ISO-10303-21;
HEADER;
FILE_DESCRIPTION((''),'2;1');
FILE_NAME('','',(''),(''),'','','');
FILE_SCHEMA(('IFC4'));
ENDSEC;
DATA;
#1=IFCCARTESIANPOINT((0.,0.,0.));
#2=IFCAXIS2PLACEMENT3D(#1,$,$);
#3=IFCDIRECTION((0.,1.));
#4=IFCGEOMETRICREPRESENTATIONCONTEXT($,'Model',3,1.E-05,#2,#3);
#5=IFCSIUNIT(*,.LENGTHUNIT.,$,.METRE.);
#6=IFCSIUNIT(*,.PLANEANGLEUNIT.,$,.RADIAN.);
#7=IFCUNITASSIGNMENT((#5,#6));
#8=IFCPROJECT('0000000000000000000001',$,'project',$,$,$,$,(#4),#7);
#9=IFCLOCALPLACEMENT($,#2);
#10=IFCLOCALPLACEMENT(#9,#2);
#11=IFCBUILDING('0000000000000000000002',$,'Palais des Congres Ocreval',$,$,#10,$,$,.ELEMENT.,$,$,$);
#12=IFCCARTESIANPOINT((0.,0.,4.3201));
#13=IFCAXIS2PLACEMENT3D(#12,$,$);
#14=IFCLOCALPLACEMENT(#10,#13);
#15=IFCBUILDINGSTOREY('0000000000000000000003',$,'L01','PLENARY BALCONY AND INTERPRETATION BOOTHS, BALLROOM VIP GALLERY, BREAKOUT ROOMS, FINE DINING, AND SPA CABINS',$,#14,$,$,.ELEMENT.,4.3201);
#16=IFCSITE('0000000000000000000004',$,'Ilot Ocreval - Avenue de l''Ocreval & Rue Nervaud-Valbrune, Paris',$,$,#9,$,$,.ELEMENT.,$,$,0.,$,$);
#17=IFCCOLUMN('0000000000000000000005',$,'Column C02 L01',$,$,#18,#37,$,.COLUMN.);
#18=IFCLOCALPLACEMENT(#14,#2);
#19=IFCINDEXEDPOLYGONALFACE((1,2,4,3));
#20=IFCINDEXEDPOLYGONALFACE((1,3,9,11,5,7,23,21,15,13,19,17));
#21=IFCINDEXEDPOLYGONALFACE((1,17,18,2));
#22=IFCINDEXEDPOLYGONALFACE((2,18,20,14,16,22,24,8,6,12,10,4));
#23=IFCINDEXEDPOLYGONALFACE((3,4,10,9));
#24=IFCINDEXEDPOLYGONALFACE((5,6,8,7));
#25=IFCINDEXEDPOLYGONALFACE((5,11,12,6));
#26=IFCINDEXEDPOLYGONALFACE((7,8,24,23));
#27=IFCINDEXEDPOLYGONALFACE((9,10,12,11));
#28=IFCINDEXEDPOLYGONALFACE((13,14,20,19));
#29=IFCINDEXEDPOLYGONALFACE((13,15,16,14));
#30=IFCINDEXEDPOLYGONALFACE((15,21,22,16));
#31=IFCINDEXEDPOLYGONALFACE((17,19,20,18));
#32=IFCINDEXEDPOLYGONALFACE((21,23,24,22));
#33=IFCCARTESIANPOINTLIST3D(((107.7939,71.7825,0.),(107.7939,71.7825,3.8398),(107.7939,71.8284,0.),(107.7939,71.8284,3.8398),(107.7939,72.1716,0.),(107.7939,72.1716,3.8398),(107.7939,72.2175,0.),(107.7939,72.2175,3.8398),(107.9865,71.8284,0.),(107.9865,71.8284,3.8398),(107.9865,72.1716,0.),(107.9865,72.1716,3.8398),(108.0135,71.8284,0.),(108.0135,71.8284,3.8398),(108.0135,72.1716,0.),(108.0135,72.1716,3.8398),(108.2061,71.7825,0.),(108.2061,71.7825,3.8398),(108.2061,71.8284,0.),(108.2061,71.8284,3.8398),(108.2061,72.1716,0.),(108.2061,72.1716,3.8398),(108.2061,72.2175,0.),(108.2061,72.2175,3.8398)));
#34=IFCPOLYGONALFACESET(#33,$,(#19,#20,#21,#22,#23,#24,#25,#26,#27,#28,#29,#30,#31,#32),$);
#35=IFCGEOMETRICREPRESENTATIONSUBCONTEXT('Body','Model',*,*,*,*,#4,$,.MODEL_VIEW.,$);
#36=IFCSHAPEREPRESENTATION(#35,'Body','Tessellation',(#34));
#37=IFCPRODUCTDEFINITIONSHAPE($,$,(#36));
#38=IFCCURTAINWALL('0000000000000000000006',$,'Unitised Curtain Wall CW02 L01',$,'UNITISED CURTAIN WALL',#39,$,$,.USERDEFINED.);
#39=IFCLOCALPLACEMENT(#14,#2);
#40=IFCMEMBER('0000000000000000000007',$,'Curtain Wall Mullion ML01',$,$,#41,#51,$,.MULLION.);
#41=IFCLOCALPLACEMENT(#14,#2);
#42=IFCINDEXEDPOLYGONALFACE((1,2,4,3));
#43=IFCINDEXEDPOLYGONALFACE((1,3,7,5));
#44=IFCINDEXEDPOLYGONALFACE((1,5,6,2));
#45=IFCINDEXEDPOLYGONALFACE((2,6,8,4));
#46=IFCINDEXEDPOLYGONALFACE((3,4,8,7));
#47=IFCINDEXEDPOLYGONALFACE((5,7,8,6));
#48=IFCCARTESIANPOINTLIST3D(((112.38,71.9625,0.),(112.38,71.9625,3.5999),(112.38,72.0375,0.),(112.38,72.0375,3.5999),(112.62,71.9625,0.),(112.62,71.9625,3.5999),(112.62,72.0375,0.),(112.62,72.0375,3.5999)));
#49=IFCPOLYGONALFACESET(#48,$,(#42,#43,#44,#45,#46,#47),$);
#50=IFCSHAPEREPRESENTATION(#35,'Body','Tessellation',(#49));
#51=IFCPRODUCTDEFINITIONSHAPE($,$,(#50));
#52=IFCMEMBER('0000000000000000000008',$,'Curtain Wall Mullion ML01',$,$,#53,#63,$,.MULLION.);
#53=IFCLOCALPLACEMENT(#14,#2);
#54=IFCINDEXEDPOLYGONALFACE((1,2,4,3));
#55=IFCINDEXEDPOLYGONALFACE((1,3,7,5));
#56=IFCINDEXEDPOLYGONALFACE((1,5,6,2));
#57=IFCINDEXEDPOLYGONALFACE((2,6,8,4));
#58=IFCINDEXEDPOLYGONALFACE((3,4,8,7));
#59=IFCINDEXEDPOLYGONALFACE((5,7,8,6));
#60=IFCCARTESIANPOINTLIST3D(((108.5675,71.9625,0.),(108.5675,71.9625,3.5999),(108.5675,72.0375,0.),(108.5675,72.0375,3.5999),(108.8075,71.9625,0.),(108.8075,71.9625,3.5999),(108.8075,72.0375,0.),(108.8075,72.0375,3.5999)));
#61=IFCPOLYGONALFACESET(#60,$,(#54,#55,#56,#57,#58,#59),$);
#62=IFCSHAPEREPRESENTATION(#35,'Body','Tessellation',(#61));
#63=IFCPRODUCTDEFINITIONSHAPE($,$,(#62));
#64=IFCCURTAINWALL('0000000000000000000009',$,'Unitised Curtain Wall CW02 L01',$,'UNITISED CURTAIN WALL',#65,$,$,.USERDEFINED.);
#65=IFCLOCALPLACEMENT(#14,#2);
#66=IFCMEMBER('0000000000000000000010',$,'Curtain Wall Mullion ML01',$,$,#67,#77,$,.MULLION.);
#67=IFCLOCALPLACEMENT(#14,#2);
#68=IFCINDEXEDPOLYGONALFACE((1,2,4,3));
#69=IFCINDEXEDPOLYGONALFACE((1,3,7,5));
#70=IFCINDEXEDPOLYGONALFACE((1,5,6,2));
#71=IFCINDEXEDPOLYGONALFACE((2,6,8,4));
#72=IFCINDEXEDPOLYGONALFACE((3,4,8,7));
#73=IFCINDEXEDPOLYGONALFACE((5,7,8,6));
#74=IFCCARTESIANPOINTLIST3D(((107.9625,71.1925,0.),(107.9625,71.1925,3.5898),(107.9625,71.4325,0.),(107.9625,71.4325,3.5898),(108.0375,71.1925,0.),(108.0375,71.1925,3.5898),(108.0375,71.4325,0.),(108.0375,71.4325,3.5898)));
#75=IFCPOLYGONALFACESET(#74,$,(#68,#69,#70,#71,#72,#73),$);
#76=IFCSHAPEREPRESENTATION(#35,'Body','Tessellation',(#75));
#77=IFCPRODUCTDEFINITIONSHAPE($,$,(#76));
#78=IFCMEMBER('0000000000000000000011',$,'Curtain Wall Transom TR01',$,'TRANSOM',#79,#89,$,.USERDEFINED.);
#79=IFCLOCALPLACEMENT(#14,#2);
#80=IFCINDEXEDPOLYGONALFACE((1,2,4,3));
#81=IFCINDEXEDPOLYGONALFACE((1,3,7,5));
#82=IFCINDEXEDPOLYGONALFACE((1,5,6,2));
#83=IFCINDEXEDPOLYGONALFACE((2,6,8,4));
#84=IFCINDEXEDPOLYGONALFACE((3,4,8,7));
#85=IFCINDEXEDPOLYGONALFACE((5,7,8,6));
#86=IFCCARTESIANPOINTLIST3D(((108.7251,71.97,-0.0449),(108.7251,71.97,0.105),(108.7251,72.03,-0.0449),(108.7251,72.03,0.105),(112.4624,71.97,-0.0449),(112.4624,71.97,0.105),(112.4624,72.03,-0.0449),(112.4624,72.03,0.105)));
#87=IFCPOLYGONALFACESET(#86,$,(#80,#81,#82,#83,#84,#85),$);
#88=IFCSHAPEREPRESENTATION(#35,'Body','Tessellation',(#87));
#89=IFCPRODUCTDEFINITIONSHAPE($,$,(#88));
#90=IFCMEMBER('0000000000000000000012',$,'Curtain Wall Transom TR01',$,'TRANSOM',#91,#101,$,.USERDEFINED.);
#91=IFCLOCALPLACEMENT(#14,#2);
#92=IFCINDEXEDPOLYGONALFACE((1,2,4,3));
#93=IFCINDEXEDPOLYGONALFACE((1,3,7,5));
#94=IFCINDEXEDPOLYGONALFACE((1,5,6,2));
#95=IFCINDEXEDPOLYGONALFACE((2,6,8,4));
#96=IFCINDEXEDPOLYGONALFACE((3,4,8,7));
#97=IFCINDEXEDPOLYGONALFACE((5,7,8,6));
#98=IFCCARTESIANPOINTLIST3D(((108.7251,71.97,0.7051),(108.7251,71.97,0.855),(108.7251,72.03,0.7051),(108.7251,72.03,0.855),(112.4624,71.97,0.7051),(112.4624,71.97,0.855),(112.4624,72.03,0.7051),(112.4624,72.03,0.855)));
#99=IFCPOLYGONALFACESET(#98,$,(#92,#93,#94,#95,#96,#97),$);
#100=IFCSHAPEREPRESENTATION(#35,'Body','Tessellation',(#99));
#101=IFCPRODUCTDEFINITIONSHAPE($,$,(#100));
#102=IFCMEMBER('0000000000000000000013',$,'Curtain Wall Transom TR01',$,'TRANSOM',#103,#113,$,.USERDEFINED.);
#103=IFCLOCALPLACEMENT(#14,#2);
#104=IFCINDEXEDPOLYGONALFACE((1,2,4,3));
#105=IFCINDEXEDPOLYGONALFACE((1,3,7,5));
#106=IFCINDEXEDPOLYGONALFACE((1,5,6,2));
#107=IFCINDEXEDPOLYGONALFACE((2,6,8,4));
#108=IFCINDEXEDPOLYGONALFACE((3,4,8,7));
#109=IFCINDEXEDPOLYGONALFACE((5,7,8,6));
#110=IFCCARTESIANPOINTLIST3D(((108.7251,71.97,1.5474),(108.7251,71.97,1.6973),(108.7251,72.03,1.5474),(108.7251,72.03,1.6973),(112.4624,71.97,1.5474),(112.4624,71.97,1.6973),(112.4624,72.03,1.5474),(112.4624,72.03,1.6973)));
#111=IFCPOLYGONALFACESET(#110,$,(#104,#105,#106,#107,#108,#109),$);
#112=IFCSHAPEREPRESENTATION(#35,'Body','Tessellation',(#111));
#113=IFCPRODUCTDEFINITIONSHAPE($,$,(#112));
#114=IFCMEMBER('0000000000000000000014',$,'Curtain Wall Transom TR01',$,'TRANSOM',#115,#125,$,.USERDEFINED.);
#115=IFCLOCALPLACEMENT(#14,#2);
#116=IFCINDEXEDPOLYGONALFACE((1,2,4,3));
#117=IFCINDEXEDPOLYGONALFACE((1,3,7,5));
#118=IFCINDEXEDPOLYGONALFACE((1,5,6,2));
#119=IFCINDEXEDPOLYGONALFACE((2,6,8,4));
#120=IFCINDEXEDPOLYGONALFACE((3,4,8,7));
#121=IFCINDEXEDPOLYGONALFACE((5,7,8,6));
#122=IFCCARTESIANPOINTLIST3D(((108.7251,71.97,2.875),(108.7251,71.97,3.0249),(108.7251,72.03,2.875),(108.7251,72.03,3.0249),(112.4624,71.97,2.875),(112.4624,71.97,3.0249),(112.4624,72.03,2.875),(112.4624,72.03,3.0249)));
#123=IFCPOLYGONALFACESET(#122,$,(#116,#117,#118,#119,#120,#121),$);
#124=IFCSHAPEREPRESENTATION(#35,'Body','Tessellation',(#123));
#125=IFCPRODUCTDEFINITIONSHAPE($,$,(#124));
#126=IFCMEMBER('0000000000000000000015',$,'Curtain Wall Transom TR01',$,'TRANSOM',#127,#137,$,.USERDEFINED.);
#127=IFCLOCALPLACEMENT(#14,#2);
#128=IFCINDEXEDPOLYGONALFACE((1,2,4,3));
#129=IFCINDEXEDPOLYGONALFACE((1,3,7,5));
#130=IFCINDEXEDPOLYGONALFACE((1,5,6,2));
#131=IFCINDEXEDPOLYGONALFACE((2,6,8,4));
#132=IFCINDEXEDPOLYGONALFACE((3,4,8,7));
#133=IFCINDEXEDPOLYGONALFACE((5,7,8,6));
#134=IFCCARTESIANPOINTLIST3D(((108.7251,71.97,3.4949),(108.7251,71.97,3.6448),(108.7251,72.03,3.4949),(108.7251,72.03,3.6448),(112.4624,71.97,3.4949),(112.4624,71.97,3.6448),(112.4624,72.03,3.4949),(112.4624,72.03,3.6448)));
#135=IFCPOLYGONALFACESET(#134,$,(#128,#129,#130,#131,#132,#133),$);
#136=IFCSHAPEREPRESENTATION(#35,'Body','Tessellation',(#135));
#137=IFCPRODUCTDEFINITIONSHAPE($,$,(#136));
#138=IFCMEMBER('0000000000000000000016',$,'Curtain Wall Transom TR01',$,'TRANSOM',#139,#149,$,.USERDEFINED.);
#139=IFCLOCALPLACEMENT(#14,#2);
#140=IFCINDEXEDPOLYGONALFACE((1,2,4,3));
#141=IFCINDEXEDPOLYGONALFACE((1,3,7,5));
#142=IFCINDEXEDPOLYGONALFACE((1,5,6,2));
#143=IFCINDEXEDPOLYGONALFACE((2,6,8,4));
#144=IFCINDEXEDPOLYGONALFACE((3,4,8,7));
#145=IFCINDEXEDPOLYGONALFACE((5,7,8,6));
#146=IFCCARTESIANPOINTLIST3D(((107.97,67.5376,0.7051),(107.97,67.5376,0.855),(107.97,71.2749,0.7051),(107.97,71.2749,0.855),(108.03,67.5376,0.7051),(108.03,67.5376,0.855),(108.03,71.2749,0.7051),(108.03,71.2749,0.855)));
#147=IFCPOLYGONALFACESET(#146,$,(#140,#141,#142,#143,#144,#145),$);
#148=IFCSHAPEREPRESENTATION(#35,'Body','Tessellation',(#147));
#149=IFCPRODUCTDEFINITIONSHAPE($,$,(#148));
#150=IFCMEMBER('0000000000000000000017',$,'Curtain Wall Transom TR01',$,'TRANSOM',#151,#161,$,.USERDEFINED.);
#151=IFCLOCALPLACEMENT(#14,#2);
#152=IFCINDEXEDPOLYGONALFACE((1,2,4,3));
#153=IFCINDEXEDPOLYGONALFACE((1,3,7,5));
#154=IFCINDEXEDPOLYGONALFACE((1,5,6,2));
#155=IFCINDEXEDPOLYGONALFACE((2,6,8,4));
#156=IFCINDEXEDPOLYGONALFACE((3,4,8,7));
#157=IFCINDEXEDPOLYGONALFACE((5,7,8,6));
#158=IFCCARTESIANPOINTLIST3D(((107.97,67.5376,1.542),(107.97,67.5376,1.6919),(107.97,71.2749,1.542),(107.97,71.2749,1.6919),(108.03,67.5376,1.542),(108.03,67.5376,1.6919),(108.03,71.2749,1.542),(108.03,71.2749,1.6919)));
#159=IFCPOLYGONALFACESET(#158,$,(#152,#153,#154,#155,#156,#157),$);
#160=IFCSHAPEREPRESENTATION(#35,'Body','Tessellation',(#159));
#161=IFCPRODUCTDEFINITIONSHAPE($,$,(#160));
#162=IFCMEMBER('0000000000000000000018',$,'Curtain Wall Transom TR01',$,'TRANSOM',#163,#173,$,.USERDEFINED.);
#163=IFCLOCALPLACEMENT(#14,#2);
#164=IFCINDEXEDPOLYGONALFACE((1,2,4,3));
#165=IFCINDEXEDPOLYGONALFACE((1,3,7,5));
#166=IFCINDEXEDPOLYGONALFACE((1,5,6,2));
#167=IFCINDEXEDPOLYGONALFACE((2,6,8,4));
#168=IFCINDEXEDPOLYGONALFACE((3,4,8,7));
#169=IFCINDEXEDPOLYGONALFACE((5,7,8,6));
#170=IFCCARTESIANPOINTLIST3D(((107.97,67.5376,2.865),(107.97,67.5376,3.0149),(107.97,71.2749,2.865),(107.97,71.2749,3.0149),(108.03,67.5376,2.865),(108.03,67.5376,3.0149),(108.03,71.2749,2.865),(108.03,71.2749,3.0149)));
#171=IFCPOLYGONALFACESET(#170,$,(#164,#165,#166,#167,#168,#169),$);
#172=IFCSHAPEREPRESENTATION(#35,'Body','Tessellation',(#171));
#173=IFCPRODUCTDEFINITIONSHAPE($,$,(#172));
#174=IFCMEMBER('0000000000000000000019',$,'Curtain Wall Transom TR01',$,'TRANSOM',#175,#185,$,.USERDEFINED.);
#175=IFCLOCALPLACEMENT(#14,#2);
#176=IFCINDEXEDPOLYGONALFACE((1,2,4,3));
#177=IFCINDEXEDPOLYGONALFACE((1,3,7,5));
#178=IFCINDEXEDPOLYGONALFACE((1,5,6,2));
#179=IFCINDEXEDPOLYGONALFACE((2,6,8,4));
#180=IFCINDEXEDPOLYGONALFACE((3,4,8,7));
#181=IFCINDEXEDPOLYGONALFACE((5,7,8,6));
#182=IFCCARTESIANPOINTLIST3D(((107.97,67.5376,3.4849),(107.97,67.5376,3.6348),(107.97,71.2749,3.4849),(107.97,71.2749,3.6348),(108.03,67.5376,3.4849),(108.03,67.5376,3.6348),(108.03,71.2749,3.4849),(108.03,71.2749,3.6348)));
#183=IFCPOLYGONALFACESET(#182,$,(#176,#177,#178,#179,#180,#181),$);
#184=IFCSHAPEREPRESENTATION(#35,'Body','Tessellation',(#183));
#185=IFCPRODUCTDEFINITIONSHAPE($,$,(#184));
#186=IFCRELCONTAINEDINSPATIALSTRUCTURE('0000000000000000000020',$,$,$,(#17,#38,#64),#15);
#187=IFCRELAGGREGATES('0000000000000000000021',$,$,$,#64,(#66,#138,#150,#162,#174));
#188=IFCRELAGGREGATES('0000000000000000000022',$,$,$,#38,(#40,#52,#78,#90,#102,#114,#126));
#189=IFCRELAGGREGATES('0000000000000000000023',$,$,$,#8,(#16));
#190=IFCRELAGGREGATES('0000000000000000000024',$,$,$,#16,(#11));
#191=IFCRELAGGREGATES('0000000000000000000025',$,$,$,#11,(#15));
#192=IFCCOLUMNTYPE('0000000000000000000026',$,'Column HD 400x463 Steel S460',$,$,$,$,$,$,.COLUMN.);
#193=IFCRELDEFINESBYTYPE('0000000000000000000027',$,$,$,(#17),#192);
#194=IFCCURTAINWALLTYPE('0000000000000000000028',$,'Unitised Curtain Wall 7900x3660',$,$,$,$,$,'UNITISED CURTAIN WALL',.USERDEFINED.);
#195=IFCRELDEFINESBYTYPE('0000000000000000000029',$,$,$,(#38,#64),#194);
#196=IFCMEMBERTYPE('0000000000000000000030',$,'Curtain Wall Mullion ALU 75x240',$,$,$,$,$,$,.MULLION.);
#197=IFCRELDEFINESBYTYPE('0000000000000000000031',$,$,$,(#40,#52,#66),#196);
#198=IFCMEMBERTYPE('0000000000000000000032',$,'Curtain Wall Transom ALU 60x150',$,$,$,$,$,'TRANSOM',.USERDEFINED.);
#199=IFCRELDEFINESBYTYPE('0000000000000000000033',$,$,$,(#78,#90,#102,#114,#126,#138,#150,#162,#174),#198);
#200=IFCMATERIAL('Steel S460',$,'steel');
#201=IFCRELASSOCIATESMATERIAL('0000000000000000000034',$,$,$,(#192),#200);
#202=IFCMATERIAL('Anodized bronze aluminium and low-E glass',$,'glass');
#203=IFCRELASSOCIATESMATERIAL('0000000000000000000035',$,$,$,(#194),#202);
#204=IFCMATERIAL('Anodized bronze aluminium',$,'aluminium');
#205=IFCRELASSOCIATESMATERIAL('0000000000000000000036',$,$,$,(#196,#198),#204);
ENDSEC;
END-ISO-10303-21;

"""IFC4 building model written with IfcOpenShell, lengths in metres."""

from ifc_helpers import new_model, si_unit, direction, frame, origin, origin_2d, place, context, subcontext, project, spatial, rectangle, i_section, extrude, material, material_profile, profile_set, type_object, element, aggregate, save


model = new_model("IFC4")

# Units and contexts
model_context = context("Model", 3, precision=1e-05, world=origin(), true_north=direction((0.0, 1.0)))
body_context = subcontext(model_context, "Body", "Model", "MODEL_VIEW")
ifc_project = project(units=[si_unit("LENGTHUNIT", "METRE"), si_unit("PLANEANGLEUNIT", "RADIAN")], contexts=[model_context])

# Site, building, storey
site_placement = place(None, origin())
site = spatial("IfcSite", under=ifc_project, at=site_placement, Name="Ilot Ocreval - Avenue de l'Ocreval & Rue Nervaud-Valbrune, Paris", CompositionType="ELEMENT", RefElevation=0.0)
building_placement = place(site_placement, origin())
building = spatial("IfcBuilding", under=site, at=building_placement, Name="Palais des Congres Ocreval", CompositionType="ELEMENT")
storey_placement = place(building_placement, frame((0.0, 0.0, 4.3201)))
storey = spatial("IfcBuildingStorey", under=building, at=storey_placement, Name="L01", Description="PLENARY BALCONY AND INTERPRETATION BOOTHS, BALLROOM VIP GALLERY, BREAKOUT ROOMS, FINE DINING, AND SPA CABINS", CompositionType="ELEMENT", Elevation=4.3201)

# Column
ifc_material_1 = material(Name="Steel S460", Category="steel")
ifc_material_profile_1 = material_profile(ifc_material_1, i_section(OverallWidth=0.4121, OverallDepth=0.4351, WebThickness=0.0271, FlangeThickness=0.0459, at=origin_2d()), Name="HD 400x463")
ifc_profile_set_1 = profile_set([ifc_material_profile_1], Name="Steel S460")
column_type = type_object("IfcColumnType", Name="Column HD 400x463 Steel S460", PredefinedType="COLUMN", material=ifc_profile_set_1)
column_placement = place(storey_placement, frame((108.0, 72.0, 0.0), z_axis=(0.0, 0.0, 1.0), x_axis=(1.0, 0.0, 0.0)))
element("IfcColumn", 1, at=column_placement, inside=storey, type_object=column_type, Name="Column C02 L01", PredefinedType="COLUMN", context=body_context, shape_type="SweptSolid", body=[
    extrude(i_section(OverallWidth=0.4121, OverallDepth=0.4351, WebThickness=0.0271, FlangeThickness=0.0459, at=origin_2d()), origin(), (0.0, 0.0, 1.0), 3.8398),
])

# Curtain wall, members
ifc_material_2 = material(Name="Anodized bronze aluminium and low-E glass", Category="glass")
curtain_wall_type = type_object("IfcCurtainWallType", Name="Unitised Curtain Wall 7900x3660", ElementType="UNITISED CURTAIN WALL", PredefinedType="USERDEFINED", material=ifc_material_2)
curtain_wall_1_placement = place(storey_placement, origin())
curtain_wall_1 = element("IfcCurtainWall", 2, at=curtain_wall_1_placement, inside=storey, type_object=curtain_wall_type, Name="Unitised Curtain Wall CW02 L01", ObjectType="UNITISED CURTAIN WALL", PredefinedType="USERDEFINED")
ifc_material_3 = material(Name="Anodized bronze aluminium", Category="aluminium")
ifc_material_profile_2 = material_profile(ifc_material_3, rectangle(XDim=0.075, YDim=0.24, at=origin_2d()), Name="ALU 75x240")
ifc_profile_set_2 = profile_set([ifc_material_profile_2], Name="Anodized bronze aluminium")
member_type_1 = type_object("IfcMemberType", Name="Curtain Wall Mullion ALU 75x240", PredefinedType="MULLION", material=ifc_profile_set_2)
member_1_placement = place(storey_placement, frame((112.5, 72.0, 0.0), z_axis=(0.0, 0.0, 1.0), x_axis=(0.0, -1.0, 0.0)))
member_1 = element("IfcMember", 3, at=member_1_placement, type_object=member_type_1, Name="Curtain Wall Mullion ML01", PredefinedType="MULLION", context=body_context, shape_type="SweptSolid", body=[
    extrude(rectangle(XDim=0.075, YDim=0.24, at=origin_2d()), origin(), (0.0, 0.0, 1.0), 3.5999),
])
member_2_placement = place(storey_placement, frame((108.6875, 72.0, 0.0), z_axis=(0.0, 0.0, 1.0), x_axis=(0.0, -1.0, 0.0)))
member_2 = element("IfcMember", 4, at=member_2_placement, type_object=member_type_1, Name="Curtain Wall Mullion ML01", PredefinedType="MULLION", context=body_context, shape_type="SweptSolid", body=[
    extrude(rectangle(XDim=0.075, YDim=0.24, at=origin_2d()), origin(), (0.0, 0.0, 1.0), 3.5999),
])

# Curtain wall, member
curtain_wall_2_placement = place(storey_placement, origin())
curtain_wall_2 = element("IfcCurtainWall", 5, at=curtain_wall_2_placement, inside=storey, type_object=curtain_wall_type, Name="Unitised Curtain Wall CW02 L01", ObjectType="UNITISED CURTAIN WALL", PredefinedType="USERDEFINED")
member_3_placement = place(storey_placement, frame((108.0, 71.3125, 0.0), z_axis=(0.0, 0.0, 1.0), x_axis=(1.0, 0.0, 0.0)))
member_3 = element("IfcMember", 6, at=member_3_placement, type_object=member_type_1, Name="Curtain Wall Mullion ML01", PredefinedType="MULLION", context=body_context, shape_type="SweptSolid", body=[
    extrude(rectangle(XDim=0.075, YDim=0.24, at=origin_2d()), origin(), (0.0, 0.0, 1.0), 3.5898),
])

# Members
ifc_material_profile_3 = material_profile(ifc_material_3, rectangle(XDim=0.0601, YDim=0.1499, at=origin_2d()), Name="ALU 60x150")
ifc_profile_set_3 = profile_set([ifc_material_profile_3], Name="Anodized bronze aluminium")
member_type_2 = type_object("IfcMemberType", Name="Curtain Wall Transom ALU 60x150", ElementType="TRANSOM", PredefinedType="USERDEFINED", material=ifc_profile_set_3)
member_4_placement = place(storey_placement, frame((112.4624, 72.0, 0.03), z_axis=(-1.0, 0.0, 0.0), x_axis=(0.0, -1.0, 0.0)))
member_4 = element("IfcMember", 7, at=member_4_placement, type_object=member_type_2, Name="Curtain Wall Transom TR01", ObjectType="TRANSOM", PredefinedType="USERDEFINED", context=body_context, shape_type="SweptSolid", body=[
    extrude(rectangle(XDim=0.0601, YDim=0.1499, at=origin_2d()), origin(), (0.0, 0.0, 1.0), 3.7373),
])
member_5_placement = place(storey_placement, frame((112.4624, 72.0, 0.78), z_axis=(-1.0, 0.0, 0.0), x_axis=(0.0, -1.0, 0.0)))
member_5 = element("IfcMember", 8, at=member_5_placement, type_object=member_type_2, Name="Curtain Wall Transom TR01", ObjectType="TRANSOM", PredefinedType="USERDEFINED", context=body_context, shape_type="SweptSolid", body=[
    extrude(rectangle(XDim=0.0601, YDim=0.1499, at=origin_2d()), origin(), (0.0, 0.0, 1.0), 3.7373),
])
member_6_placement = place(storey_placement, frame((112.4624, 72.0, 1.6223), z_axis=(-1.0, 0.0, 0.0), x_axis=(0.0, -1.0, 0.0)))
member_6 = element("IfcMember", 9, at=member_6_placement, type_object=member_type_2, Name="Curtain Wall Transom TR01", ObjectType="TRANSOM", PredefinedType="USERDEFINED", context=body_context, shape_type="SweptSolid", body=[
    extrude(rectangle(XDim=0.0601, YDim=0.1499, at=origin_2d()), origin(), (0.0, 0.0, 1.0), 3.7373),
])
member_7_placement = place(storey_placement, frame((112.4624, 72.0, 2.95), z_axis=(-1.0, 0.0, 0.0), x_axis=(0.0, -1.0, 0.0)))
member_7 = element("IfcMember", 10, at=member_7_placement, type_object=member_type_2, Name="Curtain Wall Transom TR01", ObjectType="TRANSOM", PredefinedType="USERDEFINED", context=body_context, shape_type="SweptSolid", body=[
    extrude(rectangle(XDim=0.0601, YDim=0.1499, at=origin_2d()), origin(), (0.0, 0.0, 1.0), 3.7373),
])
member_8_placement = place(storey_placement, frame((112.4624, 72.0, 3.5698), z_axis=(-1.0, 0.0, 0.0), x_axis=(0.0, -1.0, 0.0)))
member_8 = element("IfcMember", 11, at=member_8_placement, type_object=member_type_2, Name="Curtain Wall Transom TR01", ObjectType="TRANSOM", PredefinedType="USERDEFINED", context=body_context, shape_type="SweptSolid", body=[
    extrude(rectangle(XDim=0.0601, YDim=0.1499, at=origin_2d()), origin(), (0.0, 0.0, 1.0), 3.7373),
])
member_9_placement = place(storey_placement, frame((108.0, 71.2749, 0.78), z_axis=(0.0, -1.0, 0.0), x_axis=(1.0, 0.0, 0.0)))
member_9 = element("IfcMember", 12, at=member_9_placement, type_object=member_type_2, Name="Curtain Wall Transom TR01", ObjectType="TRANSOM", PredefinedType="USERDEFINED", context=body_context, shape_type="SweptSolid", body=[
    extrude(rectangle(XDim=0.0601, YDim=0.1499, at=origin_2d()), origin(), (0.0, 0.0, 1.0), 3.7373),
])
member_10_placement = place(storey_placement, frame((108.0, 71.2749, 1.6169), z_axis=(0.0, -1.0, 0.0), x_axis=(1.0, 0.0, 0.0)))
member_10 = element("IfcMember", 13, at=member_10_placement, type_object=member_type_2, Name="Curtain Wall Transom TR01", ObjectType="TRANSOM", PredefinedType="USERDEFINED", context=body_context, shape_type="SweptSolid", body=[
    extrude(rectangle(XDim=0.0601, YDim=0.1499, at=origin_2d()), origin(), (0.0, 0.0, 1.0), 3.7373),
])
member_11_placement = place(storey_placement, frame((108.0, 71.2749, 2.9399), z_axis=(0.0, -1.0, 0.0), x_axis=(1.0, 0.0, 0.0)))
member_11 = element("IfcMember", 14, at=member_11_placement, type_object=member_type_2, Name="Curtain Wall Transom TR01", ObjectType="TRANSOM", PredefinedType="USERDEFINED", context=body_context, shape_type="SweptSolid", body=[
    extrude(rectangle(XDim=0.0601, YDim=0.1499, at=origin_2d()), origin(), (0.0, 0.0, 1.0), 3.7373),
])
member_12_placement = place(storey_placement, frame((108.0, 71.2749, 3.5598), z_axis=(0.0, -1.0, 0.0), x_axis=(1.0, 0.0, 0.0)))
member_12 = element("IfcMember", 15, at=member_12_placement, type_object=member_type_2, Name="Curtain Wall Transom TR01", ObjectType="TRANSOM", PredefinedType="USERDEFINED", context=body_context, shape_type="SweptSolid", body=[
    extrude(rectangle(XDim=0.0601, YDim=0.1499, at=origin_2d()), origin(), (0.0, 0.0, 1.0), 3.7373),
])
aggregate(curtain_wall_2, [member_3, member_9, member_10, member_11, member_12])

aggregate(curtain_wall_1, [member_1, member_2, member_4, member_5, member_6, member_7, member_8])

save(model, "model.ifc")
